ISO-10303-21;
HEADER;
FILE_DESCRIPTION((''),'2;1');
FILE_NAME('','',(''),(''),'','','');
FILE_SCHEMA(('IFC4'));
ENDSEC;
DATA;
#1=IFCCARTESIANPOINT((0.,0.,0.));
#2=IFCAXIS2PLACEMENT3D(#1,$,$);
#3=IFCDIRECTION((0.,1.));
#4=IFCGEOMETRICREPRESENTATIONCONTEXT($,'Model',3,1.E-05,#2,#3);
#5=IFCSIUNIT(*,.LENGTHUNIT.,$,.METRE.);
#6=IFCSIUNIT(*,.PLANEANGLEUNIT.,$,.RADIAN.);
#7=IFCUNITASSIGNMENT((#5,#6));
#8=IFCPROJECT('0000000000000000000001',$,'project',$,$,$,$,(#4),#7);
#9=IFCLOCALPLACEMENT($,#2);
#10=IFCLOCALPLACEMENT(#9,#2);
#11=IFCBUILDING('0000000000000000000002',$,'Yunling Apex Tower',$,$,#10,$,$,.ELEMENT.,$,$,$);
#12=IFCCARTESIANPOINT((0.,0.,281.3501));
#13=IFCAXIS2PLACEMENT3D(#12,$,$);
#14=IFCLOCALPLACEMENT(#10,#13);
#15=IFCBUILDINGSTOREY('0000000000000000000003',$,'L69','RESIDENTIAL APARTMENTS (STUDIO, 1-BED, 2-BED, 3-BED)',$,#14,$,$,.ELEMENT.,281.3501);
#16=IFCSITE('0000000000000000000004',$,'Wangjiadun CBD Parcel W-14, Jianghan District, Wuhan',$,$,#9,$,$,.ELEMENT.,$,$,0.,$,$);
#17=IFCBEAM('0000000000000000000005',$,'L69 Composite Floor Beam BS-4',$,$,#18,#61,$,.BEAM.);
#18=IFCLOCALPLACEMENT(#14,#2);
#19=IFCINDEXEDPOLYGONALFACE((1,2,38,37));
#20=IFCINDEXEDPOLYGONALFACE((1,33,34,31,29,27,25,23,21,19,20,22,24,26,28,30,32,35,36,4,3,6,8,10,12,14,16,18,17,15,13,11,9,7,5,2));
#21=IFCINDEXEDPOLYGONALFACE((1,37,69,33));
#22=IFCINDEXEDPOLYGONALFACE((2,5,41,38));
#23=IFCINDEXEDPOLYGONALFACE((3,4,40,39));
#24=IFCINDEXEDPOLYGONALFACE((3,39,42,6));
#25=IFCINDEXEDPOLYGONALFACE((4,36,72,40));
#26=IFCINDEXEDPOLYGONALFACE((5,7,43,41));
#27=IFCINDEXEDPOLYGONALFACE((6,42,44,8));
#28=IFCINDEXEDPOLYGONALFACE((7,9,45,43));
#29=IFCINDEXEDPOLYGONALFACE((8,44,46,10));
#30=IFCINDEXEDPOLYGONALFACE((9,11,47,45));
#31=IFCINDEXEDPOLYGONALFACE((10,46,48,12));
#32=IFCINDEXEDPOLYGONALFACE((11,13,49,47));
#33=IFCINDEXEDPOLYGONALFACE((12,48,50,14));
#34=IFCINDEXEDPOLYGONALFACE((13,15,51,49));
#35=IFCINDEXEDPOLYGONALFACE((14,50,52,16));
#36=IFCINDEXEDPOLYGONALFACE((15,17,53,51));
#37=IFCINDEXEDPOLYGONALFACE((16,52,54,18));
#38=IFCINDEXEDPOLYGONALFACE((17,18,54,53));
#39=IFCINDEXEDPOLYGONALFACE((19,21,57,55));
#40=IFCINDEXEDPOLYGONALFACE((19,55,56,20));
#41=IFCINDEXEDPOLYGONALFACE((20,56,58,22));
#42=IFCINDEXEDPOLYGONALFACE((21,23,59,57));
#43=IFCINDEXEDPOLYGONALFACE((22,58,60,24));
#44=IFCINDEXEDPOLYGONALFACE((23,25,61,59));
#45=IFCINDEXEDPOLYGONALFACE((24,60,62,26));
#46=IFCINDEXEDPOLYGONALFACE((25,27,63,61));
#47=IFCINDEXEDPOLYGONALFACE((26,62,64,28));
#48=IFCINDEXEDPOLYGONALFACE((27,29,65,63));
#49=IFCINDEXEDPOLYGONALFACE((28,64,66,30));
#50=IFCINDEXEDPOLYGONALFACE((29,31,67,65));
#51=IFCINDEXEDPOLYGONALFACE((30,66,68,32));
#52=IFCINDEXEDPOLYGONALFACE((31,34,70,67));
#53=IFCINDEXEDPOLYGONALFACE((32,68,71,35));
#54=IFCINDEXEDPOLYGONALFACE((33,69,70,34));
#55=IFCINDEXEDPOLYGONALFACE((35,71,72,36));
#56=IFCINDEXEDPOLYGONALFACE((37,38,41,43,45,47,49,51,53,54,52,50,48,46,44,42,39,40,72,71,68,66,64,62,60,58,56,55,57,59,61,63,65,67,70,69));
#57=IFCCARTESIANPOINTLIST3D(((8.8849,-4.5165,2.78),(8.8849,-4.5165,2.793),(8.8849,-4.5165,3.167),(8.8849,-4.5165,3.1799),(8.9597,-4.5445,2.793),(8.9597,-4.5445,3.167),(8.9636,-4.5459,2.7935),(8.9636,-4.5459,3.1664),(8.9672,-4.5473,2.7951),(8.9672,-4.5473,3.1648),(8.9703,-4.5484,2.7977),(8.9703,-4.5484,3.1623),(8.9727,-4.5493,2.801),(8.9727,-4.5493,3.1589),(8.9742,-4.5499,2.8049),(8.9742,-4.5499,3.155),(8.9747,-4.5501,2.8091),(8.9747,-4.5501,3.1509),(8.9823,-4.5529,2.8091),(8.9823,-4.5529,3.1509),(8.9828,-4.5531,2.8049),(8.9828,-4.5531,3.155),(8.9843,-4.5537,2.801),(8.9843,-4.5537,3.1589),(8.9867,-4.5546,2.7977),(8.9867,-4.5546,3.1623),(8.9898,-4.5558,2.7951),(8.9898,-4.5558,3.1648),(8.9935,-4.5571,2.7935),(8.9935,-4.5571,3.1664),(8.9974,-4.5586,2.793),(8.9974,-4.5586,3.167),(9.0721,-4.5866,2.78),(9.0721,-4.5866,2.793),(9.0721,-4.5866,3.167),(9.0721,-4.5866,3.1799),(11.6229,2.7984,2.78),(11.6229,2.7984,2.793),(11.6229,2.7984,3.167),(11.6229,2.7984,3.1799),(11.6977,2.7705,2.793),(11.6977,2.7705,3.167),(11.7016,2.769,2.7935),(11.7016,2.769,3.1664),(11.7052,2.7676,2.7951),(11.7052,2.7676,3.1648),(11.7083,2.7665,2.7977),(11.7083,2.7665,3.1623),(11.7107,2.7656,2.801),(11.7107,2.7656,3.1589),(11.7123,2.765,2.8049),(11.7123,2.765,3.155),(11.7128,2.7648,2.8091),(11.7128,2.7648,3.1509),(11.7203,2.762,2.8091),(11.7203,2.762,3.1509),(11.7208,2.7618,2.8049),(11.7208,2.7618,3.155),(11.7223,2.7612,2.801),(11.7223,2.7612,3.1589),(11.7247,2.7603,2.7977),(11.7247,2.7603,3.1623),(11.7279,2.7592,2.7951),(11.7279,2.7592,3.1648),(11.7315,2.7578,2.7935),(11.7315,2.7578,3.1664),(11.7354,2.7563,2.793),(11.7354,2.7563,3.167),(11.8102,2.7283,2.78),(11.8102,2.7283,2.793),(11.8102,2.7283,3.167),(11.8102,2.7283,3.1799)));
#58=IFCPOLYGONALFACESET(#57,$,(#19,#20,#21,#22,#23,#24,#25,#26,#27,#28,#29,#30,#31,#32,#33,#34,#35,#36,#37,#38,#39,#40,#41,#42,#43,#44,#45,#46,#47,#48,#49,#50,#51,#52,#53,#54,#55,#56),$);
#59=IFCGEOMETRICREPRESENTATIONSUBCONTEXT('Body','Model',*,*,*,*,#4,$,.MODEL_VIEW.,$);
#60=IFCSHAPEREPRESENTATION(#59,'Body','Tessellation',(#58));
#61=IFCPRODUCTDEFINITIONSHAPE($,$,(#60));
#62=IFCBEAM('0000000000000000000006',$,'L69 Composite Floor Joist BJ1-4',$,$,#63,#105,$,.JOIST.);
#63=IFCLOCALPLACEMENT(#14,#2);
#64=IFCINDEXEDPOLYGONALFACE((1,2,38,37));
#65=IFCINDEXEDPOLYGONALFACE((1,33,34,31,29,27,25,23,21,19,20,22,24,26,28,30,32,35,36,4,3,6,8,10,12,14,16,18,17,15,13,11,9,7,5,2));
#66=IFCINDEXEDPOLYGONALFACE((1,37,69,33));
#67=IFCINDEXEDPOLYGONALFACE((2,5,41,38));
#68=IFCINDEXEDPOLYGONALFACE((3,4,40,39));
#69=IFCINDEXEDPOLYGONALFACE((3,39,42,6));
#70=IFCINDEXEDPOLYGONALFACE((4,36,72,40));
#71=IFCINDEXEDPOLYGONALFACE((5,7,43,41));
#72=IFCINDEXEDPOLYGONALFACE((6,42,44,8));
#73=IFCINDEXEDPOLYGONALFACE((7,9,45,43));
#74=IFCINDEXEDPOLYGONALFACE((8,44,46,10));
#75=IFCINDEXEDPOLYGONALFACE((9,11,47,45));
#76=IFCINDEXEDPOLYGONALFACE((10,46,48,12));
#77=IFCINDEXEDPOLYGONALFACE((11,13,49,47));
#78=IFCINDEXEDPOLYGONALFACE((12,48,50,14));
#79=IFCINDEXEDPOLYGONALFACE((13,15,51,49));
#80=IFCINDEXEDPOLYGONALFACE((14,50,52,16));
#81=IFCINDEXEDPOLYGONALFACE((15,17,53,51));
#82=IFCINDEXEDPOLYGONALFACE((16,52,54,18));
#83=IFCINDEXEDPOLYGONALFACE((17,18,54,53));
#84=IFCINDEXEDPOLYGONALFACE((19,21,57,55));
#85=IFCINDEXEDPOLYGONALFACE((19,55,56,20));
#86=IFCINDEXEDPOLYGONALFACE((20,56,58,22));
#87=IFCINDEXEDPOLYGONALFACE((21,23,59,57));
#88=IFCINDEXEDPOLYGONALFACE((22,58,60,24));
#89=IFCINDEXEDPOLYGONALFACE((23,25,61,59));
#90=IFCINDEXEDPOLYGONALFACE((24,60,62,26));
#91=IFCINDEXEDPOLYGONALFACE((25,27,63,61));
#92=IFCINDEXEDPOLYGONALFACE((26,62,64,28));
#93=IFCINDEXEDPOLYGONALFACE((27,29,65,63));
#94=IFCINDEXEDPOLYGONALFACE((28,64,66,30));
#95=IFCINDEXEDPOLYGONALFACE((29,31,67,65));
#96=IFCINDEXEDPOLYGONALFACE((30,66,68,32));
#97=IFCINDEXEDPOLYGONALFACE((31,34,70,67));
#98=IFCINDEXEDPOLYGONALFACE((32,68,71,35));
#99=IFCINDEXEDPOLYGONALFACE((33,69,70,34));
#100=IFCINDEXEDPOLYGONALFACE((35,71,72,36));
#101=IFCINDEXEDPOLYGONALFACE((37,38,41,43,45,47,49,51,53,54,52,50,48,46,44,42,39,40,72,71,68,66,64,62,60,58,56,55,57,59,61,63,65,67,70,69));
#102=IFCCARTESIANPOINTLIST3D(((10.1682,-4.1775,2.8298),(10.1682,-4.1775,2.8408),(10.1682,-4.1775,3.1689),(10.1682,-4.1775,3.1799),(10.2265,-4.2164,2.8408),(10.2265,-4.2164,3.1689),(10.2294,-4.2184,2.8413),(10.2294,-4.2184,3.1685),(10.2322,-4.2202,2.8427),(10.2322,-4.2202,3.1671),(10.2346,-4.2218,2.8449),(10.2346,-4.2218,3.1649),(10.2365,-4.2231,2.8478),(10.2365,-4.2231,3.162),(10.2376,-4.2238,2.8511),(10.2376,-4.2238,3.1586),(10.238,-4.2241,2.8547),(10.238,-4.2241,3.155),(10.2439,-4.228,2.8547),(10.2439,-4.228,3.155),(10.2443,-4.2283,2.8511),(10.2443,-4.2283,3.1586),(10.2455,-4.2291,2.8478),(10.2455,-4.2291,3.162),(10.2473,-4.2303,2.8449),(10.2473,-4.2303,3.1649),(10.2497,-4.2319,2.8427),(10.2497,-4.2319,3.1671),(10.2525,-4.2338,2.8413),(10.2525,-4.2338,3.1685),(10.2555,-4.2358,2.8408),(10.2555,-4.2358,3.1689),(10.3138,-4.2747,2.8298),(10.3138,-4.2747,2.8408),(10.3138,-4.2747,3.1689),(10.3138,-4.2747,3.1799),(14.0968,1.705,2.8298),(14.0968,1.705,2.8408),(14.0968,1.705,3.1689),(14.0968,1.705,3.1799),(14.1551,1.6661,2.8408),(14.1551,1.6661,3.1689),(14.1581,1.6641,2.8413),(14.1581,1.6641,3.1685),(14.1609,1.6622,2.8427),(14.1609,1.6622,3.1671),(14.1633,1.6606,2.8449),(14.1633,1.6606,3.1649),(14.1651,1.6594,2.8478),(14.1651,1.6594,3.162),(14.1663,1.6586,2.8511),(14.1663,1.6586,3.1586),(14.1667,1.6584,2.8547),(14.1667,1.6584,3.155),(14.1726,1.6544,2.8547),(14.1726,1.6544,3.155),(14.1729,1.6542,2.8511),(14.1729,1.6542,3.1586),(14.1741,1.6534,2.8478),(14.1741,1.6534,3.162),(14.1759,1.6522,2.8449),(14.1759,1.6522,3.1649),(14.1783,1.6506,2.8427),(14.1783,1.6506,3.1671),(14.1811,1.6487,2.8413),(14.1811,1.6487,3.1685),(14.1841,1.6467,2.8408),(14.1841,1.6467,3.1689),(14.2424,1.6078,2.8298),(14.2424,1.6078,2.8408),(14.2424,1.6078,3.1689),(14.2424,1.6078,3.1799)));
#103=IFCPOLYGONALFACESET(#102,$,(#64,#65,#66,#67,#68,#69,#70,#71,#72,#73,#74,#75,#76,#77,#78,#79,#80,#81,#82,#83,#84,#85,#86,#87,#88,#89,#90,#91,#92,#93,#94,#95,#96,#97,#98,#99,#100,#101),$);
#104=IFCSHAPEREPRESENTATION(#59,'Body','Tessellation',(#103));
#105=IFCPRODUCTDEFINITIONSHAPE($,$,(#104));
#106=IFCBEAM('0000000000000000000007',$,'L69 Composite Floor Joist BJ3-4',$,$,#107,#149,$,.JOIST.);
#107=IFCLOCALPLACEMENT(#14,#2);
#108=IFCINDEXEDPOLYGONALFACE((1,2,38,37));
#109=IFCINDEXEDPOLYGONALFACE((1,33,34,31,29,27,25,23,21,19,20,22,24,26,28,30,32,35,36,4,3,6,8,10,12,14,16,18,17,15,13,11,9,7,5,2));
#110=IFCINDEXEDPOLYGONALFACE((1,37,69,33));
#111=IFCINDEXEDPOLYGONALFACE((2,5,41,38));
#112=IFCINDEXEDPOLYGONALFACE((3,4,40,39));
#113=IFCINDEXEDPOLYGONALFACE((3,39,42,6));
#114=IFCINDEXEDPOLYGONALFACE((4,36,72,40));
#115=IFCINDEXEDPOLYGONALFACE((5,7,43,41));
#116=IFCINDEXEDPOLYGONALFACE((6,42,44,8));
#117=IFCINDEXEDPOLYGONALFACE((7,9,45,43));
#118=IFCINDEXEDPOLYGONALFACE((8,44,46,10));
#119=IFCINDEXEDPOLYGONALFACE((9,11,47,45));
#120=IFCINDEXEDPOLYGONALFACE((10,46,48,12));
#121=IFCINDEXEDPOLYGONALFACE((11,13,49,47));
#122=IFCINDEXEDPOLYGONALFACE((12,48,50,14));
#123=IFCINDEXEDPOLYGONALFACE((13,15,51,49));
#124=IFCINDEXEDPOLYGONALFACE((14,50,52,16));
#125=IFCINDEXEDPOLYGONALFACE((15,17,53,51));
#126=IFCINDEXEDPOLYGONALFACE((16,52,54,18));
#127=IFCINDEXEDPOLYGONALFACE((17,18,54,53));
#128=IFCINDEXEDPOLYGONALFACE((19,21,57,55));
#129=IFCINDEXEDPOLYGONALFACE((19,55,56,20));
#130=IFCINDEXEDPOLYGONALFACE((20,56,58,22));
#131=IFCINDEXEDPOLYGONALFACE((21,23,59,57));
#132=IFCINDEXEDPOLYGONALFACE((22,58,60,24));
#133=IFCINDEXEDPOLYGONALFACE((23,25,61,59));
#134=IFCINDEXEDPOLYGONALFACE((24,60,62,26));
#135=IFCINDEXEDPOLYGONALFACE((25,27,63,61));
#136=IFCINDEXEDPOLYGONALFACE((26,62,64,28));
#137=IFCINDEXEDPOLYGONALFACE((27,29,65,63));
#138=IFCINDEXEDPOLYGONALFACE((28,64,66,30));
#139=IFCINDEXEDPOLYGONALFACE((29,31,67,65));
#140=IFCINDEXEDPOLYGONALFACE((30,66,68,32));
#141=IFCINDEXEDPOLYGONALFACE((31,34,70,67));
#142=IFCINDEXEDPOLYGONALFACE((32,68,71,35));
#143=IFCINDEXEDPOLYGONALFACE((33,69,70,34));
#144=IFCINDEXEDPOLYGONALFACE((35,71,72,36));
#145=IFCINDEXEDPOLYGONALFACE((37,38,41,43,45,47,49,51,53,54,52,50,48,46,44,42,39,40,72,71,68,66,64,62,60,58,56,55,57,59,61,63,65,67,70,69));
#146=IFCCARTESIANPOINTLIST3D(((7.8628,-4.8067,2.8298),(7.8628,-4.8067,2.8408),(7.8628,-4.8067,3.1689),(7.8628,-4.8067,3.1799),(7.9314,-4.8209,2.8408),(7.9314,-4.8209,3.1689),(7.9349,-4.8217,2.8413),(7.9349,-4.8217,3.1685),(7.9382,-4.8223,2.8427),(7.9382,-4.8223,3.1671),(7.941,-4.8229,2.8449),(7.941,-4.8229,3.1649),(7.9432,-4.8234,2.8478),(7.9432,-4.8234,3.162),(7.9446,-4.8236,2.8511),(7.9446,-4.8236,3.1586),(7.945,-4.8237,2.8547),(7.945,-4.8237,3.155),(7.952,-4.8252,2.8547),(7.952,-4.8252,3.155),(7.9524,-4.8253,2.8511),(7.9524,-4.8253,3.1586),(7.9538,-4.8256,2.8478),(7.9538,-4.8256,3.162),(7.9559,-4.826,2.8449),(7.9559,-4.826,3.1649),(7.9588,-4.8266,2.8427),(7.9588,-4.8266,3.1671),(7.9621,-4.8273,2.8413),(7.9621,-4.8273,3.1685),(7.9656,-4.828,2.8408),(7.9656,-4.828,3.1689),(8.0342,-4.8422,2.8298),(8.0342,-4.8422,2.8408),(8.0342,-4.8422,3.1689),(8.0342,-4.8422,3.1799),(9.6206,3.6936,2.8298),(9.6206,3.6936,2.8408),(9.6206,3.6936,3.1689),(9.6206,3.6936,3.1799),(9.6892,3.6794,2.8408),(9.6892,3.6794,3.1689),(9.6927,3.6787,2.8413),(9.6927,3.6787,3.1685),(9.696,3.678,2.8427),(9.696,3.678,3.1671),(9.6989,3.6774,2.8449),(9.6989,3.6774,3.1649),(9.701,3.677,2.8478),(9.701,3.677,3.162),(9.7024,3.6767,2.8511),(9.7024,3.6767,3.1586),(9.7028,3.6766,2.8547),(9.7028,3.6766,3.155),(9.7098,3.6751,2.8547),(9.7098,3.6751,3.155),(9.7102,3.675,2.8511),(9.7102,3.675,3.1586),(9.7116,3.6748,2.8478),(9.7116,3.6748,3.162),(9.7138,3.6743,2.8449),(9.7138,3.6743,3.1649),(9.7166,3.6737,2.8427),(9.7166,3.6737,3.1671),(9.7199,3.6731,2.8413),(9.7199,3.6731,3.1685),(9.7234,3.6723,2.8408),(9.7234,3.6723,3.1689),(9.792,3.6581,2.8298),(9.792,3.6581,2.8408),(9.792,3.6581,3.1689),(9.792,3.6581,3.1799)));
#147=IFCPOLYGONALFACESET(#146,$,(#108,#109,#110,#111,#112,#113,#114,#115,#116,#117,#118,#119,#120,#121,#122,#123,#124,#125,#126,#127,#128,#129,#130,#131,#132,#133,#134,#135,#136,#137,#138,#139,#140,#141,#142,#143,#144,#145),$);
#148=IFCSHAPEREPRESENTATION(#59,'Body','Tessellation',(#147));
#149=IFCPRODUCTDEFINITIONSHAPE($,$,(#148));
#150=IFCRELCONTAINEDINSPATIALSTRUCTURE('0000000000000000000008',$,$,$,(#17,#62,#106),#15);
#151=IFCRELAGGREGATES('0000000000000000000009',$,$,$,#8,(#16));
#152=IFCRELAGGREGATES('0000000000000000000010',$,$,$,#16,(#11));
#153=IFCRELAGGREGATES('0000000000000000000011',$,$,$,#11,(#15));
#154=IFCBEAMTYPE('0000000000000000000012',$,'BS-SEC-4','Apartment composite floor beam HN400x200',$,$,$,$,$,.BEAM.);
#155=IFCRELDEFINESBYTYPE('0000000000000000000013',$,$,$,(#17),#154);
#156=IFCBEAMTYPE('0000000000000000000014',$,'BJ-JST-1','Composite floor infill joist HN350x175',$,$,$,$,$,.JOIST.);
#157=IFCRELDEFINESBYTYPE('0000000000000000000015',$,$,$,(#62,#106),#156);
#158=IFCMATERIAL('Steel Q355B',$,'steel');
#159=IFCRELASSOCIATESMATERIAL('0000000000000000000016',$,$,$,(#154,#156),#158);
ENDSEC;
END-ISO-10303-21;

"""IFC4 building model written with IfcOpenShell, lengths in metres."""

from ifc_helpers import new_model, si_unit, direction, frame, origin, origin_2d, place, context, subcontext, project, spatial, i_section, extrude, source, transform, mapped, material, material_profile, profile_set, type_object, element, save


model = new_model("IFC4")

# Units and contexts
model_context = context("Model", 3, precision=1e-05, world=origin(), true_north=direction((0.0, 1.0)))
body_context = subcontext(model_context, "Body", "Model", "MODEL_VIEW")
ifc_project = project(units=[si_unit("LENGTHUNIT", "METRE"), si_unit("PLANEANGLEUNIT", "RADIAN")], contexts=[model_context])

# Site, building, storey
site_placement = place(None, origin())
site = spatial("IfcSite", under=ifc_project, at=site_placement, Name="Wangjiadun CBD Parcel W-14, Jianghan District, Wuhan", CompositionType="ELEMENT", RefElevation=0.0)
building_placement = place(site_placement, origin())
building = spatial("IfcBuilding", under=site, at=building_placement, Name="Yunling Apex Tower", CompositionType="ELEMENT")
storey_placement = place(building_placement, frame((0.0, 0.0, 281.3501)))
storey = spatial("IfcBuildingStorey", under=building, at=storey_placement, Name="L69", Description="RESIDENTIAL APARTMENTS (STUDIO, 1-BED, 2-BED, 3-BED)", CompositionType="ELEMENT", Elevation=281.3501)

# Shared definitions
ifc_material_1 = material(Name="Steel Q355B", Category="steel")

# Beams
ifc_material_profile_1 = material_profile(ifc_material_1, i_section(OverallWidth=0.2, OverallDepth=0.3999, WebThickness=0.0081, FlangeThickness=0.0129, FilletRadius=0.0161, at=origin_2d()))
ifc_profile_set_1 = profile_set([ifc_material_profile_1], Name="Steel Q355B")
beam_type_1 = type_object("IfcBeamType", Name="BS-SEC-4", Description="Apartment composite floor beam HN400x200", PredefinedType="BEAM", material=ifc_profile_set_1)
shared_shape_1 = source(origin(), body_context, "Body", "SweptSolid", [
    extrude(i_section(OverallWidth=0.2, OverallDepth=0.3999, WebThickness=0.0081, FlangeThickness=0.0129, FilletRadius=0.0161, at=origin_2d()), origin(), (0.0, 0.0, 1.0), 7.8105),
])
beam_1_placement = place(storey_placement, frame((8.9785, -4.5515, 2.98), z_axis=(0.350555, 0.936542, 0.0), x_axis=(-0.936542, 0.350555, 0.0)))
element("IfcBeam", 1, at=beam_1_placement, inside=storey, type_object=beam_type_1, Name="L69 Composite Floor Beam BS-4", PredefinedType="BEAM", context=body_context, shape_type="MappedRepresentation", body=[
    mapped(shared_shape_1, transform((0.0, 0.0, 0.0), scale=1.0)),
])
ifc_material_profile_2 = material_profile(ifc_material_1, i_section(OverallWidth=0.175, OverallDepth=0.3501, WebThickness=0.0071, FlangeThickness=0.011, FilletRadius=0.0139, at=origin_2d()))
ifc_profile_set_2 = profile_set([ifc_material_profile_2], Name="Steel Q355B")
beam_type_2 = type_object("IfcBeamType", Name="BJ-JST-1", Description="Composite floor infill joist HN350x175", PredefinedType="JOIST", material=ifc_profile_set_2)
shared_shape_2 = source(origin(), body_context, "Body", "SweptSolid", [
    extrude(i_section(OverallWidth=0.175, OverallDepth=0.3501, WebThickness=0.0071, FlangeThickness=0.011, FilletRadius=0.0139, at=origin_2d()), origin(), (0.0, 0.0, 1.0), 7.0737),
])
beam_2_placement = place(storey_placement, frame((10.241, -4.2261, 3.0049), z_axis=(0.555385, 0.831593, 0.0), x_axis=(-0.831593, 0.555385, 0.0)))
element("IfcBeam", 2, at=beam_2_placement, inside=storey, type_object=beam_type_2, Name="L69 Composite Floor Joist BJ1-4", PredefinedType="JOIST", context=body_context, shape_type="MappedRepresentation", body=[
    mapped(shared_shape_2, transform((0.0, 0.0, 0.0), scale=1.0)),
])
shared_shape_3 = source(origin(), body_context, "Body", "SweptSolid", [
    extrude(i_section(OverallWidth=0.175, OverallDepth=0.3501, WebThickness=0.0071, FlangeThickness=0.011, FilletRadius=0.0139, at=origin_2d()), origin(), (0.0, 0.0, 1.0), 8.6802),
])
beam_3_placement = place(storey_placement, frame((7.9485, -4.8245, 3.0049), z_axis=(0.202511, 0.97928, 0.0), x_axis=(-0.97928, 0.202511, 0.0)))
element("IfcBeam", 3, at=beam_3_placement, inside=storey, type_object=beam_type_2, Name="L69 Composite Floor Joist BJ3-4", PredefinedType="JOIST", context=body_context, shape_type="MappedRepresentation", body=[
    mapped(shared_shape_3, transform((0.0, 0.0, 0.0), scale=1.0)),
])

save(model, "model.ifc")
